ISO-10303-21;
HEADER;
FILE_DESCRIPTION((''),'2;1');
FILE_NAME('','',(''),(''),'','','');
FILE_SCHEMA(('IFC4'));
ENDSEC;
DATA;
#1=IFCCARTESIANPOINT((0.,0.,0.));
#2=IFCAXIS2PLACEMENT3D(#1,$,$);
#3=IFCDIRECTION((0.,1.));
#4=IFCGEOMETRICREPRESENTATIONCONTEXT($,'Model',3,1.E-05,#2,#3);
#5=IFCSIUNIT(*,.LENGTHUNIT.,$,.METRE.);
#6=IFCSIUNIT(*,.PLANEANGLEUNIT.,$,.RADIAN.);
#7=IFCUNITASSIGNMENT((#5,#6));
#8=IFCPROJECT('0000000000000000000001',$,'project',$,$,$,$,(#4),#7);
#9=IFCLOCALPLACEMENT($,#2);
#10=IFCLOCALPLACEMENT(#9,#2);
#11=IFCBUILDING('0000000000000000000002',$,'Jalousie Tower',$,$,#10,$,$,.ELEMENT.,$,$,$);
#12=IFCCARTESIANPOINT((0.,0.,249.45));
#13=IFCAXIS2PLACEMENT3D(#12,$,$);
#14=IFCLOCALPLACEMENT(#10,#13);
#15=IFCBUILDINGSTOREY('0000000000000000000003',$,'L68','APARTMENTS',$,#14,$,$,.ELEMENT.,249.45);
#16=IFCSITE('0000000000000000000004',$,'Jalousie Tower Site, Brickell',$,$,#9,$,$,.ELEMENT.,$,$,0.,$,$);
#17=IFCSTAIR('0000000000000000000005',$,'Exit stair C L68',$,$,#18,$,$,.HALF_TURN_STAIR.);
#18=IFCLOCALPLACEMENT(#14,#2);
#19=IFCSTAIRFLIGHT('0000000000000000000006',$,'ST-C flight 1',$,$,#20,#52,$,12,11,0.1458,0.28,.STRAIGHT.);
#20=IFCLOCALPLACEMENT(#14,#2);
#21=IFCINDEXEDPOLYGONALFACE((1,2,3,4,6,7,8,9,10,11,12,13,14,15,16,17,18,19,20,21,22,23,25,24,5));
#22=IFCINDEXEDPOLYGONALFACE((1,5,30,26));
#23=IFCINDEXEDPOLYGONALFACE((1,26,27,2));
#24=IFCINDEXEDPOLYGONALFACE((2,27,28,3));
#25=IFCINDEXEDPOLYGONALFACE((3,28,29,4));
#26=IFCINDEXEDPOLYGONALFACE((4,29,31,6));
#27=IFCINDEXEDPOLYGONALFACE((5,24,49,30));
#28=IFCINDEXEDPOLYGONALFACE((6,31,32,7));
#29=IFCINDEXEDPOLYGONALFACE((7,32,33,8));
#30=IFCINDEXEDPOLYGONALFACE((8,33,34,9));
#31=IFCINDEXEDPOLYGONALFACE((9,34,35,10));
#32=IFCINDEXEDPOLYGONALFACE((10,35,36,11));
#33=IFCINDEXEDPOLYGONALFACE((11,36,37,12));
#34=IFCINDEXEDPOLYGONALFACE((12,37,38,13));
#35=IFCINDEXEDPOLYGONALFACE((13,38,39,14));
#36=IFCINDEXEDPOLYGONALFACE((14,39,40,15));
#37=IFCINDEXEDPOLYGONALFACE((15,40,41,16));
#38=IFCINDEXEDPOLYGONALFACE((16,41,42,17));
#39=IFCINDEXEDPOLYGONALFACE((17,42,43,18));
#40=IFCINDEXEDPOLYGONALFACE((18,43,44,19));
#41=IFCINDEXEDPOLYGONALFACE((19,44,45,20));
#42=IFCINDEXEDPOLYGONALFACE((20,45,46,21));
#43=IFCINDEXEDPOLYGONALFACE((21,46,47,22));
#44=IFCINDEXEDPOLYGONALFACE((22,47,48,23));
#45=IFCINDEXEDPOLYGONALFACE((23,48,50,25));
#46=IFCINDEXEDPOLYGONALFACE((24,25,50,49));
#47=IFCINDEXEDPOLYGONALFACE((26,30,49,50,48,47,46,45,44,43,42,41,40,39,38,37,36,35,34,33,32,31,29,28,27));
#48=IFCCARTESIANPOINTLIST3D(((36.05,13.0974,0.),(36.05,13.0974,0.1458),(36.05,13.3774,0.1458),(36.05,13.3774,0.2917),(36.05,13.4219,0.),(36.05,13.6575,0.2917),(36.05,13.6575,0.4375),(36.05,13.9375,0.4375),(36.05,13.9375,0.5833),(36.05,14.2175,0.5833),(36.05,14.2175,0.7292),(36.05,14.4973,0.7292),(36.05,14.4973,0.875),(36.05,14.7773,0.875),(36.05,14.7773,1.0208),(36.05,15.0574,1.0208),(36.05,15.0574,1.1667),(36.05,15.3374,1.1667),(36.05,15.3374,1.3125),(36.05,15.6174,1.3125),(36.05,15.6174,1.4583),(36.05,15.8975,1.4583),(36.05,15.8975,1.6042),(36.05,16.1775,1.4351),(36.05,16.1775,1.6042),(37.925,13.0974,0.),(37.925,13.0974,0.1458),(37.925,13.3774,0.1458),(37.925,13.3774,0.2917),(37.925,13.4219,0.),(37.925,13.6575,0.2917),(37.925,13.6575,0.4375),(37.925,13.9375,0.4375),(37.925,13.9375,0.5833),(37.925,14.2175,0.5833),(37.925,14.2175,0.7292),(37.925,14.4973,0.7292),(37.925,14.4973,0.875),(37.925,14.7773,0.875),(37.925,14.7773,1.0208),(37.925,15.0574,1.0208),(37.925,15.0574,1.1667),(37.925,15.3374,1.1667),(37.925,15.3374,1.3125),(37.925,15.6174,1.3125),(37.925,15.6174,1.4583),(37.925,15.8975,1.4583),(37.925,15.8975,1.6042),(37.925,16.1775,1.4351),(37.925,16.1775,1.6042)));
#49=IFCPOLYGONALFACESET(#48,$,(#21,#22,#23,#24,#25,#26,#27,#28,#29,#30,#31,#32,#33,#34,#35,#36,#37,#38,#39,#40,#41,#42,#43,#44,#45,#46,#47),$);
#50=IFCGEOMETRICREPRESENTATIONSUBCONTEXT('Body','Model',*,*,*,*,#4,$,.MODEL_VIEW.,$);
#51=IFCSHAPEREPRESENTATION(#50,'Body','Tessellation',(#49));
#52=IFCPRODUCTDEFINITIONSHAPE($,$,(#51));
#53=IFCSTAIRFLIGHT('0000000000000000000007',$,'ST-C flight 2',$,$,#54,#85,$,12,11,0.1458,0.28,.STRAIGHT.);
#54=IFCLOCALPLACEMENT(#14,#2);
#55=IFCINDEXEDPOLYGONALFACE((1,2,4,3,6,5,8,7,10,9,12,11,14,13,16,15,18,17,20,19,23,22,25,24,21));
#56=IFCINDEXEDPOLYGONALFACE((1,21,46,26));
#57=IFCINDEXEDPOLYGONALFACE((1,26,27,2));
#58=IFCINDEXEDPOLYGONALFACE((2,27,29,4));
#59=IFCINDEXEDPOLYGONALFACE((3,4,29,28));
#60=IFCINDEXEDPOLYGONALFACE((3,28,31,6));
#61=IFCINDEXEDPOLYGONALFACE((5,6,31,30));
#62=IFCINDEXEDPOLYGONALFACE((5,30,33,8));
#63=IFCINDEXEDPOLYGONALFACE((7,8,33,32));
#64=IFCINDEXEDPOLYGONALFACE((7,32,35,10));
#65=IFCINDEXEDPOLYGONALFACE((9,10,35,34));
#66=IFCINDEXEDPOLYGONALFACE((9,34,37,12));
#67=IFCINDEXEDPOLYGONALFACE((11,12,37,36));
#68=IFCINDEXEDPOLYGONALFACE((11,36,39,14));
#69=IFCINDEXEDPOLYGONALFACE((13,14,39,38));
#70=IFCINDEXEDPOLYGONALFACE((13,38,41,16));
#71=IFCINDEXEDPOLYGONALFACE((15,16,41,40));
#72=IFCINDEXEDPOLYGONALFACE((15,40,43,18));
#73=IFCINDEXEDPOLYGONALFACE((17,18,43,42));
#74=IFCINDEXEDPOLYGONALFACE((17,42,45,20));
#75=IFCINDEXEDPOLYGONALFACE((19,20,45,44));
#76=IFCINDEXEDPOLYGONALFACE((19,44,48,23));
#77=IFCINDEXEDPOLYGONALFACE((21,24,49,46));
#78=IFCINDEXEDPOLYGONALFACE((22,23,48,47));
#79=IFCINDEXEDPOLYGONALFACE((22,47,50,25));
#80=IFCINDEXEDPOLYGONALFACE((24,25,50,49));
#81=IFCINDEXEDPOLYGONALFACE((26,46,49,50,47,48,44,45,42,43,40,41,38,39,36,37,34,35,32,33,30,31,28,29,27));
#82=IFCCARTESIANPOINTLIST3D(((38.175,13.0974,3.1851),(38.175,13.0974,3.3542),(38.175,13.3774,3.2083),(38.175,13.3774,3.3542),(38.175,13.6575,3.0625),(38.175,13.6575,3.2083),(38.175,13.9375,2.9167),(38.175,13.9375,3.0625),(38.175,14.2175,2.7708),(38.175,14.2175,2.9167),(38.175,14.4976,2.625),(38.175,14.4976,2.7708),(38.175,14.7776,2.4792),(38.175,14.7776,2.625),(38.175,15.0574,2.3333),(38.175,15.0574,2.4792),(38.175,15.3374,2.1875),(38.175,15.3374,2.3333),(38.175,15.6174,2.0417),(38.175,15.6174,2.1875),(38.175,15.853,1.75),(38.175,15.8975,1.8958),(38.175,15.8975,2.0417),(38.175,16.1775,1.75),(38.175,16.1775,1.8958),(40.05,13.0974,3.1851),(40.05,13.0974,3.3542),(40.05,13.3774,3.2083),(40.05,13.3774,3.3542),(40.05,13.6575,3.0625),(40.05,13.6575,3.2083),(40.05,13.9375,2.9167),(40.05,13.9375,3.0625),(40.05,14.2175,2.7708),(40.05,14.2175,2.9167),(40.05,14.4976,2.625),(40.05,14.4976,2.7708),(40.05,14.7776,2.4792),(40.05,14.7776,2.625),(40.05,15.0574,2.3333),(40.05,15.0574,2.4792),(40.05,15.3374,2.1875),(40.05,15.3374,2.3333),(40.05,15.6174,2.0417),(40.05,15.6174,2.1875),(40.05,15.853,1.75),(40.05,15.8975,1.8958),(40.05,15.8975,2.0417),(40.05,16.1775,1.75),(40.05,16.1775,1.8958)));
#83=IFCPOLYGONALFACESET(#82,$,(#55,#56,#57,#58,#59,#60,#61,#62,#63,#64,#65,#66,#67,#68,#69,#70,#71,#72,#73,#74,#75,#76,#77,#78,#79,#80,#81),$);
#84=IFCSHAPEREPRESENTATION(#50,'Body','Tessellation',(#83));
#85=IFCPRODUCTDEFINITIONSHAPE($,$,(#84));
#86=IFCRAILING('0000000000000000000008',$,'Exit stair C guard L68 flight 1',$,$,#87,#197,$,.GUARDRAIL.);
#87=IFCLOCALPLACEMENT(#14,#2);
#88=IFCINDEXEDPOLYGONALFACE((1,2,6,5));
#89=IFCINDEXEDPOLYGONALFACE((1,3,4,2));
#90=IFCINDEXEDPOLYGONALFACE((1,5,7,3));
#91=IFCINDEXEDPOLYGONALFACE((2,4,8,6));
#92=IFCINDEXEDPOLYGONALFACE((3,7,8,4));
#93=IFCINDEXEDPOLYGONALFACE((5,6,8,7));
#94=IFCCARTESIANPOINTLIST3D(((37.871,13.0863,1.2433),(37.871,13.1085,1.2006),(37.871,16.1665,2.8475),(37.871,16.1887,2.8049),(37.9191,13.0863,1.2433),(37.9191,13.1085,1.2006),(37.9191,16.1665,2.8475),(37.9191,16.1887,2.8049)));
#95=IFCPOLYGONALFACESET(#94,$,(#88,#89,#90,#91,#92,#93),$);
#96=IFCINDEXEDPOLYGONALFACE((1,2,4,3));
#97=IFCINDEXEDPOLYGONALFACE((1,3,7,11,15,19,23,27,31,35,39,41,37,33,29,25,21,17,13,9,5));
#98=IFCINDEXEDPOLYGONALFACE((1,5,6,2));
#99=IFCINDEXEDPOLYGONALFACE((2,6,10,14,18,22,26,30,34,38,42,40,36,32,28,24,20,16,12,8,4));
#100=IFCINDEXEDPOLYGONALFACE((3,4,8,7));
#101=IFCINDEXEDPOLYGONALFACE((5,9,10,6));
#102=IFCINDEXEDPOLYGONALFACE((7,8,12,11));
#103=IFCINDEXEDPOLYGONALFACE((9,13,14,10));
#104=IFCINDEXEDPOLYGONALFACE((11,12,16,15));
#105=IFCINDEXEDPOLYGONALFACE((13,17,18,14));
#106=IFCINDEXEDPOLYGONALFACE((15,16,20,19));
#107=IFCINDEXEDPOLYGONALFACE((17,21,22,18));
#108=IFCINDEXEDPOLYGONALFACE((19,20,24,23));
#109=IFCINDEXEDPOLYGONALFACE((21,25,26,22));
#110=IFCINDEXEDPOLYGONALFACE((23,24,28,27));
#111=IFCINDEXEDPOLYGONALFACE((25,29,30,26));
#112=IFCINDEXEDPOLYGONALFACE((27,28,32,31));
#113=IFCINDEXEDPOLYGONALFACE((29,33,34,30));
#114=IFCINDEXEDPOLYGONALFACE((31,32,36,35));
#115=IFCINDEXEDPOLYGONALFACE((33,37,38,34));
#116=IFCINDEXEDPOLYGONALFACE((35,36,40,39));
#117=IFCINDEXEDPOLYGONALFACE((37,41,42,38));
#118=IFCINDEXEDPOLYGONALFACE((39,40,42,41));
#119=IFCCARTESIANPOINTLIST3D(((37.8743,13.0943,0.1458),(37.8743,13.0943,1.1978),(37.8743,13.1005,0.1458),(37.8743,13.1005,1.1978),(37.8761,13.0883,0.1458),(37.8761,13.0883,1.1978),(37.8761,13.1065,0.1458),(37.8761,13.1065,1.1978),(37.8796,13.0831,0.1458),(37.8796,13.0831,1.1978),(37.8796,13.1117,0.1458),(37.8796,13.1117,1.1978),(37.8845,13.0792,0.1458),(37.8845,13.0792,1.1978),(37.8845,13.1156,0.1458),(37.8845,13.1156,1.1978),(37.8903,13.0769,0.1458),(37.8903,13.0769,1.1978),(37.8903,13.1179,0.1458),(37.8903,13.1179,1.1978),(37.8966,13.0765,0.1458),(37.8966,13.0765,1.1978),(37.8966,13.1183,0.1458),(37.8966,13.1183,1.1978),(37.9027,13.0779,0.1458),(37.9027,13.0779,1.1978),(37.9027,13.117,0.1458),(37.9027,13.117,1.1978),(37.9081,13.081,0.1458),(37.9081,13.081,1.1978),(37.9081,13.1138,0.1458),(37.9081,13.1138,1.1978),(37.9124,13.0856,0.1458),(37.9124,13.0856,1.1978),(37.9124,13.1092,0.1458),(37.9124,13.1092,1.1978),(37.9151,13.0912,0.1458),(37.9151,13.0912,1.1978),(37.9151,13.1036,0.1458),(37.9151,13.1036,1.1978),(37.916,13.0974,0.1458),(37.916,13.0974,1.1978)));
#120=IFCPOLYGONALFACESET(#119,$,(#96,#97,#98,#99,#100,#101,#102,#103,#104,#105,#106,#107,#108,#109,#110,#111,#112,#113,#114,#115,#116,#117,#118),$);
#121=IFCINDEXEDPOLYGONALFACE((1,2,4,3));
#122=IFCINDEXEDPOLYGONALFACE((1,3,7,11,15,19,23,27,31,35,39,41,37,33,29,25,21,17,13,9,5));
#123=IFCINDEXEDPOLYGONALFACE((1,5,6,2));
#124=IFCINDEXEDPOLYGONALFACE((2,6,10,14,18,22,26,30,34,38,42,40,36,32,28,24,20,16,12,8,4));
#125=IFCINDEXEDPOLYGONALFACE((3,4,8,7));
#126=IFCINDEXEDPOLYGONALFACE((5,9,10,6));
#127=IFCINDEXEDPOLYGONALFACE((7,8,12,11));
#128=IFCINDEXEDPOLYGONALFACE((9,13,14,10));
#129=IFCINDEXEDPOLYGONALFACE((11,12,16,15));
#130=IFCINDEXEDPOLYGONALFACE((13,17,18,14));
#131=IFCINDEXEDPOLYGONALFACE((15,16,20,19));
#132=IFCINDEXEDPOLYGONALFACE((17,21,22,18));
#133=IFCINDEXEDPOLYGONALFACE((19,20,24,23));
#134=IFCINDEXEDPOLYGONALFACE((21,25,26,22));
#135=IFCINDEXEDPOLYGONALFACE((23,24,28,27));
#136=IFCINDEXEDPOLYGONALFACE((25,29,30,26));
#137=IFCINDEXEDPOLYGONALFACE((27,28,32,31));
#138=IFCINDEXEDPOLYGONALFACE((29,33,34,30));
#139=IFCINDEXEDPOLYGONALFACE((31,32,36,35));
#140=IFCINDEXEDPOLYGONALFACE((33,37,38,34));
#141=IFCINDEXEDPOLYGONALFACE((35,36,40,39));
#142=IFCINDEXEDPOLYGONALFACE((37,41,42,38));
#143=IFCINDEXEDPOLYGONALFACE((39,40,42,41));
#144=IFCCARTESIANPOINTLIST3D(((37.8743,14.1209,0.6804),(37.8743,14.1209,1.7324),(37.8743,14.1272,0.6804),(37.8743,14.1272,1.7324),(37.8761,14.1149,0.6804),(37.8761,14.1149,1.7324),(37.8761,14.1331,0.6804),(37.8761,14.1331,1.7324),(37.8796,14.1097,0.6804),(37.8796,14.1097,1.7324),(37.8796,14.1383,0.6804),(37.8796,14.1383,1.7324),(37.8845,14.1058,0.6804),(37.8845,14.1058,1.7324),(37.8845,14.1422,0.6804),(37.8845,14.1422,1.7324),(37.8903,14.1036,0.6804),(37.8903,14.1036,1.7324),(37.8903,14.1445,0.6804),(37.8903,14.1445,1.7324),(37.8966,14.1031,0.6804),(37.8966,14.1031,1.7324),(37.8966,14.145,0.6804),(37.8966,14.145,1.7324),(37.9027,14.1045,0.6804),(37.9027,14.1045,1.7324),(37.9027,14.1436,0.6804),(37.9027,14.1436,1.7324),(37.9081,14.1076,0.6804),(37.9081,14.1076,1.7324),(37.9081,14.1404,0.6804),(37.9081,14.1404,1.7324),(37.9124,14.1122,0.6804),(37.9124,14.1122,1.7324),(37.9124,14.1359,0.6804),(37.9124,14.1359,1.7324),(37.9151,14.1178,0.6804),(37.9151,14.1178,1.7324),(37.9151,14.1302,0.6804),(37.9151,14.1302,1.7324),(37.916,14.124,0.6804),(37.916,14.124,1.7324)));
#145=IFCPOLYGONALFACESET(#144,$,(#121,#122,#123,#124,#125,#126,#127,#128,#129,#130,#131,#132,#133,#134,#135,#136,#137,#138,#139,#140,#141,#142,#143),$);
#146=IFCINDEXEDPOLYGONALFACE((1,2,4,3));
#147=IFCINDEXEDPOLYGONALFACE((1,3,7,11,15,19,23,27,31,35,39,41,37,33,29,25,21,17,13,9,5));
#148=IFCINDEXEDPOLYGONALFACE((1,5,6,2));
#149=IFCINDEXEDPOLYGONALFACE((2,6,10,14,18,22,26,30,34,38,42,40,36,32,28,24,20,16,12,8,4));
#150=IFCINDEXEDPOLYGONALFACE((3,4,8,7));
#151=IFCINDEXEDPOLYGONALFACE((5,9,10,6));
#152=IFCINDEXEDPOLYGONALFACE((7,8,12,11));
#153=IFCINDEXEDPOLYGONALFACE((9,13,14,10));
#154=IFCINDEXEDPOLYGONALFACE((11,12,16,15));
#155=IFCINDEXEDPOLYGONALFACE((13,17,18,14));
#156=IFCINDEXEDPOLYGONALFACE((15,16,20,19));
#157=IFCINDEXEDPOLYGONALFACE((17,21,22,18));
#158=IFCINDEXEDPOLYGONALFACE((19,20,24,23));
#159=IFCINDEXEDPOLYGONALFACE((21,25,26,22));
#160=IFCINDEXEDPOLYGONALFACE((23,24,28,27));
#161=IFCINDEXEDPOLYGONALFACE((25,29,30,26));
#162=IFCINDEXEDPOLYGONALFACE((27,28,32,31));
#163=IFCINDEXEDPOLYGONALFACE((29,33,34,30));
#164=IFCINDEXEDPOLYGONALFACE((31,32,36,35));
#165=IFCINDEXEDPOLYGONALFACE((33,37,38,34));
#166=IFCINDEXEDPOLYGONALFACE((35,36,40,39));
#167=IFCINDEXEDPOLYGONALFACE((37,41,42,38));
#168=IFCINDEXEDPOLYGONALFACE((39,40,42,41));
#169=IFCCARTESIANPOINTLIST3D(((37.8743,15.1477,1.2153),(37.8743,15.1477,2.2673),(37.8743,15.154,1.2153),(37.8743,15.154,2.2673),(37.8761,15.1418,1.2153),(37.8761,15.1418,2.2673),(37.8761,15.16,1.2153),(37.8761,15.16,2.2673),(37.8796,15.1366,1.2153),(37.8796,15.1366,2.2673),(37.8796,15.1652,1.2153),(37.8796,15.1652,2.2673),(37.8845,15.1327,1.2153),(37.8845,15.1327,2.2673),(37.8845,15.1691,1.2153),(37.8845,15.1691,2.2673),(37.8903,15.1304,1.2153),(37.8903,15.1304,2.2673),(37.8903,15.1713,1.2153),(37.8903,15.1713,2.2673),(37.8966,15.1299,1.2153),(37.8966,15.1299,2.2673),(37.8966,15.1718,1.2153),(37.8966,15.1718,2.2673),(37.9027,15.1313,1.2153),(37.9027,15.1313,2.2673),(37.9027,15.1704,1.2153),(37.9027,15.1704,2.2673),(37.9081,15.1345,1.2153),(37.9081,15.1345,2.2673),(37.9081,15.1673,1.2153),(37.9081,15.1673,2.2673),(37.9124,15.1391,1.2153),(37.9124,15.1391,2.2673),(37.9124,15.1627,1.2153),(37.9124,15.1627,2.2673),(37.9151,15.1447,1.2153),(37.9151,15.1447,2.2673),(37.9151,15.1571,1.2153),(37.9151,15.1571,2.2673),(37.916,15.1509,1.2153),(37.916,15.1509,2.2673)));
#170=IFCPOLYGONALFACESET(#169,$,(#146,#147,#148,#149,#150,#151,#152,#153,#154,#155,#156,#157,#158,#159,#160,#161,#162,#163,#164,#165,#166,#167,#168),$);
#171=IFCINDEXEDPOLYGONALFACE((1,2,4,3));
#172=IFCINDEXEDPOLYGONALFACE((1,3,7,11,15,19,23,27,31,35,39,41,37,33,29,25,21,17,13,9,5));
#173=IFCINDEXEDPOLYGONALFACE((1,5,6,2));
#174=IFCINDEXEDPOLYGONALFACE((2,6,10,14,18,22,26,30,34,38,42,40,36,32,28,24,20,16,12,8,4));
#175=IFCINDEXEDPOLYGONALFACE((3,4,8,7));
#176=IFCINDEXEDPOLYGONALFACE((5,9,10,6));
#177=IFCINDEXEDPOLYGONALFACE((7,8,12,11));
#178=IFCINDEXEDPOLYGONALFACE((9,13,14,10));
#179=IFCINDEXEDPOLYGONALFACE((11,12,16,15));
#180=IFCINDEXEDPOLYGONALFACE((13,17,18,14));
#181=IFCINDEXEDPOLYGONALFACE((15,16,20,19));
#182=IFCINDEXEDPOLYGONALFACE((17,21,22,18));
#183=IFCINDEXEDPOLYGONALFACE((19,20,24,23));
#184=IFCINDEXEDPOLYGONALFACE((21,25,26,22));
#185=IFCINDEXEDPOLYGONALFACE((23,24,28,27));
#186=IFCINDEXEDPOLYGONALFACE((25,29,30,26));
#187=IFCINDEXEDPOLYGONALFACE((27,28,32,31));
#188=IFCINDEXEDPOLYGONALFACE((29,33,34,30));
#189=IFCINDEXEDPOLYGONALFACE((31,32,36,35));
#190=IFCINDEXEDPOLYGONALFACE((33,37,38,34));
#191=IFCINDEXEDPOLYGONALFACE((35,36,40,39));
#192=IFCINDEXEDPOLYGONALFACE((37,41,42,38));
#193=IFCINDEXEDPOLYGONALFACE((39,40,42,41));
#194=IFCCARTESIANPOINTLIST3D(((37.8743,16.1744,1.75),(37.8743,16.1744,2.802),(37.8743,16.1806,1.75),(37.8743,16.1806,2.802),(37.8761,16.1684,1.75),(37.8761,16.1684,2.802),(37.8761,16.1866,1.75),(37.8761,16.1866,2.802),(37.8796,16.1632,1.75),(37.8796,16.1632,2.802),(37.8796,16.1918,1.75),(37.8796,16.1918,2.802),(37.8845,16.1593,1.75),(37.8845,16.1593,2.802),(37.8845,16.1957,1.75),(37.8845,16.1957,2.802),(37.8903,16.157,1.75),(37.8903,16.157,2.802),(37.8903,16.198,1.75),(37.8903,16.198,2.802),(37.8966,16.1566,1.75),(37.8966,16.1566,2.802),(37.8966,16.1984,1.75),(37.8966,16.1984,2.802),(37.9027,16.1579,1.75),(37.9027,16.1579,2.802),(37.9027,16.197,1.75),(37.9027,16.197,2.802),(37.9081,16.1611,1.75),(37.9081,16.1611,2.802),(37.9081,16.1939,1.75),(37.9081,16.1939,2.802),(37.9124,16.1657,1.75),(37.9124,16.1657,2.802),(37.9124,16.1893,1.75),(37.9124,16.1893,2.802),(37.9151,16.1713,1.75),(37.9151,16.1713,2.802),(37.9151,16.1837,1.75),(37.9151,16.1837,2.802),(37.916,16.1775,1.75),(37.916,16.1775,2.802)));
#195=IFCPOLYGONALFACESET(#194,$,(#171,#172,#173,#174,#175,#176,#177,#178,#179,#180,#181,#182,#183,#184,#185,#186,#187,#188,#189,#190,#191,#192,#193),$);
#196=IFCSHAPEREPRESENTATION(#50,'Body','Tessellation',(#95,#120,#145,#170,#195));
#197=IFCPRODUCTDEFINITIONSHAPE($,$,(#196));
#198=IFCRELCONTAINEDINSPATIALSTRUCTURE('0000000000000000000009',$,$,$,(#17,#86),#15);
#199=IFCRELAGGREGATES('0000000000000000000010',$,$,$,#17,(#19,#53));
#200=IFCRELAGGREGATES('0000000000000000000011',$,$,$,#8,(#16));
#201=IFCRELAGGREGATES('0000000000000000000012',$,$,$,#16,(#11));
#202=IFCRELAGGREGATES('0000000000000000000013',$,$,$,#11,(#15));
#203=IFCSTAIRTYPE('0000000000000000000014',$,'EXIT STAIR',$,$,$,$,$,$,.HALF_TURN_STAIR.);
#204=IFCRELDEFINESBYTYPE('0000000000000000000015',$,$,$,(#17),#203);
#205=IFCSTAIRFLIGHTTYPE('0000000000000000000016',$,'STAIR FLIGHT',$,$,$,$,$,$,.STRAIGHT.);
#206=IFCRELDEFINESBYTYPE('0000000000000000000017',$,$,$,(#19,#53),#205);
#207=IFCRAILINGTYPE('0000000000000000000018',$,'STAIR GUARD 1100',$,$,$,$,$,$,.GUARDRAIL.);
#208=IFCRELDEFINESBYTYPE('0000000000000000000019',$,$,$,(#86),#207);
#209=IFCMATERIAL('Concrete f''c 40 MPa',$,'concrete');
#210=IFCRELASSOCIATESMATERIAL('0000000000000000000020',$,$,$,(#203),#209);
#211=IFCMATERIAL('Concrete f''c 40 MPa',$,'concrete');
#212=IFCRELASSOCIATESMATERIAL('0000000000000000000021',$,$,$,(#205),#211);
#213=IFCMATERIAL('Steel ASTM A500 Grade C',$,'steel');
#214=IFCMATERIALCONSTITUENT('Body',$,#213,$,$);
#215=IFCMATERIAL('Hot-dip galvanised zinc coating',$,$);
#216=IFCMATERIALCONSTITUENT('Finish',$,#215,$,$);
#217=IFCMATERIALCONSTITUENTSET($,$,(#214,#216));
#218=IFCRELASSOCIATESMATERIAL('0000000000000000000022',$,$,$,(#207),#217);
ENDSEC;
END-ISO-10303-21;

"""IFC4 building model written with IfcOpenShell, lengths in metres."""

from ifc_helpers import new_model, si_unit, direction, frame, origin, origin_2d, place, context, subcontext, project, spatial, polyline, rectangle, circle, outline, extrude, material, constituent, constituent_set, type_object, element, aggregate, save


model = new_model("IFC4")

# Units and contexts
model_context = context("Model", 3, precision=1e-05, world=origin(), true_north=direction((0.0, 1.0)))
body_context = subcontext(model_context, "Body", "Model", "MODEL_VIEW")
ifc_project = project(units=[si_unit("LENGTHUNIT", "METRE"), si_unit("PLANEANGLEUNIT", "RADIAN")], contexts=[model_context])

# Site, building, storey
site_placement = place(None, origin())
site = spatial("IfcSite", under=ifc_project, at=site_placement, Name="Jalousie Tower Site, Brickell", CompositionType="ELEMENT", RefElevation=0.0)
building_placement = place(site_placement, origin())
building = spatial("IfcBuilding", under=site, at=building_placement, Name="Jalousie Tower", CompositionType="ELEMENT")
storey_placement = place(building_placement, frame((0.0, 0.0, 249.45)))
storey = spatial("IfcBuildingStorey", under=building, at=storey_placement, Name="L68", Description="APARTMENTS", CompositionType="ELEMENT", Elevation=249.45)

# Stair, stair flights
ifc_material_1 = material(Name="Concrete f'c 40 MPa", Category="concrete")
stair_type = type_object("IfcStairType", Name="EXIT STAIR", PredefinedType="HALF_TURN_STAIR", material=ifc_material_1)
stair_placement = place(storey_placement, origin())
stair = element("IfcStair", 1, at=stair_placement, inside=storey, type_object=stair_type, Name="Exit stair C L68", PredefinedType="HALF_TURN_STAIR")
ifc_material_2 = material(Name="Concrete f'c 40 MPa", Category="concrete")
stair_flight_type = type_object("IfcStairFlightType", Name="STAIR FLIGHT", PredefinedType="STRAIGHT", material=ifc_material_2)
stair_flight_1_placement = place(storey_placement, frame((36.9875, 13.0974, 0.0), z_axis=(0.0, 0.0, 1.0), x_axis=(0.0, 1.0, 0.0)))
stair_flight_1 = element("IfcStairFlight", 2, at=stair_flight_1_placement, type_object=stair_flight_type, Name="ST-C flight 1", NumberOfRisers=12, NumberOfTreads=11, PredefinedType="STRAIGHT", RiserHeight=0.1458, TreadLength=0.28, context=body_context, shape_type="SweptSolid", body=[
    extrude(outline(polyline([(0.0, 0.0), (0.0, 0.1458), (0.28, 0.1458), (0.28, 0.2917), (0.5601, 0.2917), (0.5601, 0.4375), (0.8401, 0.4375), (0.8401, 0.5833), (1.1201, 0.5833), (1.1201, 0.7292), (1.3999, 0.7292), (1.3999, 0.875), (1.6799, 0.875), (1.6799, 1.0208), (1.96, 1.0208), (1.96, 1.1667), (2.24, 1.1667), (2.24, 1.3125), (2.52, 1.3125), (2.52, 1.4583), (2.8, 1.4583), (2.8, 1.6042), (3.0801, 1.6042), (3.0801, 1.75), (3.0801, 1.4351), (0.3245, 0.0), (0.0, 0.0)])), frame((0.0, 0.9375, 0.0), z_axis=(0.0, -1.0, 0.0), x_axis=(1.0, 0.0, 0.0)), (0.0, 0.0, 1.0), 1.875),
])
stair_flight_2_placement = place(storey_placement, frame((39.1125, 16.1775, 1.75), z_axis=(0.0, 0.0, 1.0), x_axis=(0.0, -1.0, 0.0)))
stair_flight_2 = element("IfcStairFlight", 3, at=stair_flight_2_placement, type_object=stair_flight_type, Name="ST-C flight 2", NumberOfRisers=12, NumberOfTreads=11, PredefinedType="STRAIGHT", RiserHeight=0.1458, TreadLength=0.28, context=body_context, shape_type="SweptSolid", body=[
    extrude(outline(polyline([(0.0, 0.0), (0.0, 0.1458), (0.28, 0.1458), (0.28, 0.2917), (0.5601, 0.2917), (0.5601, 0.4375), (0.8401, 0.4375), (0.8401, 0.5833), (1.1201, 0.5833), (1.1201, 0.7292), (1.3999, 0.7292), (1.3999, 0.875), (1.6799, 0.875), (1.6799, 1.0208), (1.96, 1.0208), (1.96, 1.1667), (2.24, 1.1667), (2.24, 1.3125), (2.52, 1.3125), (2.52, 1.4583), (2.8, 1.4583), (2.8, 1.6042), (3.0801, 1.6042), (3.0801, 1.75), (3.0801, 1.4351), (0.3245, 0.0), (0.0, 0.0)])), frame((0.0, 0.9375, 0.0), z_axis=(0.0, -1.0, 0.0), x_axis=(1.0, 0.0, 0.0)), (0.0, 0.0, 1.0), 1.875),
])
aggregate(stair, [stair_flight_1, stair_flight_2])

# Railing
ifc_material_3 = material(Name="Steel ASTM A500 Grade C", Category="steel")
ifc_constituent_1 = constituent(ifc_material_3, Name="Body")
ifc_material_4 = material(Name="Hot-dip galvanised zinc coating")
ifc_constituent_2 = constituent(ifc_material_4, Name="Finish")
ifc_constituent_set_1 = constituent_set(constituents=[ifc_constituent_1, ifc_constituent_2])
railing_type_1 = type_object("IfcRailingType", Name="STAIR GUARD 1100", PredefinedType="GUARDRAIL", material=ifc_constituent_set_1)
railing_1_placement = place(storey_placement, frame((37.895, 13.0974, 0.1458)))
element("IfcRailing", 4, at=railing_1_placement, inside=storey, type_object=railing_type_1, Name="Exit stair C guard L68 flight 1", PredefinedType="GUARDRAIL", context=body_context, shape_type="SweptSolid", body=[
    extrude(rectangle(XDim=0.0481, YDim=0.0481, at=origin_2d()), frame((0.0, 0.0, 1.0762), z_axis=(0.0, 0.886909, 0.461944), x_axis=(-1.0, 0.0, 0.0)), (0.0, 0.0, 1.0), 3.4729),
    extrude(circle(Radius=0.021, at=origin_2d()), origin(), (0.0, 0.0, 1.0), 1.052),
    extrude(circle(Radius=0.021, at=origin_2d()), frame((0.0, 1.0266, 0.5347)), (0.0, 0.0, 1.0), 1.052),
    extrude(circle(Radius=0.021, at=origin_2d()), frame((0.0, 2.0535, 1.0696)), (0.0, 0.0, 1.0), 1.052),
    extrude(circle(Radius=0.021, at=origin_2d()), frame((0.0, 3.0801, 1.6042)), (0.0, 0.0, 1.0), 1.052),
])

save(model, "model.ifc")
